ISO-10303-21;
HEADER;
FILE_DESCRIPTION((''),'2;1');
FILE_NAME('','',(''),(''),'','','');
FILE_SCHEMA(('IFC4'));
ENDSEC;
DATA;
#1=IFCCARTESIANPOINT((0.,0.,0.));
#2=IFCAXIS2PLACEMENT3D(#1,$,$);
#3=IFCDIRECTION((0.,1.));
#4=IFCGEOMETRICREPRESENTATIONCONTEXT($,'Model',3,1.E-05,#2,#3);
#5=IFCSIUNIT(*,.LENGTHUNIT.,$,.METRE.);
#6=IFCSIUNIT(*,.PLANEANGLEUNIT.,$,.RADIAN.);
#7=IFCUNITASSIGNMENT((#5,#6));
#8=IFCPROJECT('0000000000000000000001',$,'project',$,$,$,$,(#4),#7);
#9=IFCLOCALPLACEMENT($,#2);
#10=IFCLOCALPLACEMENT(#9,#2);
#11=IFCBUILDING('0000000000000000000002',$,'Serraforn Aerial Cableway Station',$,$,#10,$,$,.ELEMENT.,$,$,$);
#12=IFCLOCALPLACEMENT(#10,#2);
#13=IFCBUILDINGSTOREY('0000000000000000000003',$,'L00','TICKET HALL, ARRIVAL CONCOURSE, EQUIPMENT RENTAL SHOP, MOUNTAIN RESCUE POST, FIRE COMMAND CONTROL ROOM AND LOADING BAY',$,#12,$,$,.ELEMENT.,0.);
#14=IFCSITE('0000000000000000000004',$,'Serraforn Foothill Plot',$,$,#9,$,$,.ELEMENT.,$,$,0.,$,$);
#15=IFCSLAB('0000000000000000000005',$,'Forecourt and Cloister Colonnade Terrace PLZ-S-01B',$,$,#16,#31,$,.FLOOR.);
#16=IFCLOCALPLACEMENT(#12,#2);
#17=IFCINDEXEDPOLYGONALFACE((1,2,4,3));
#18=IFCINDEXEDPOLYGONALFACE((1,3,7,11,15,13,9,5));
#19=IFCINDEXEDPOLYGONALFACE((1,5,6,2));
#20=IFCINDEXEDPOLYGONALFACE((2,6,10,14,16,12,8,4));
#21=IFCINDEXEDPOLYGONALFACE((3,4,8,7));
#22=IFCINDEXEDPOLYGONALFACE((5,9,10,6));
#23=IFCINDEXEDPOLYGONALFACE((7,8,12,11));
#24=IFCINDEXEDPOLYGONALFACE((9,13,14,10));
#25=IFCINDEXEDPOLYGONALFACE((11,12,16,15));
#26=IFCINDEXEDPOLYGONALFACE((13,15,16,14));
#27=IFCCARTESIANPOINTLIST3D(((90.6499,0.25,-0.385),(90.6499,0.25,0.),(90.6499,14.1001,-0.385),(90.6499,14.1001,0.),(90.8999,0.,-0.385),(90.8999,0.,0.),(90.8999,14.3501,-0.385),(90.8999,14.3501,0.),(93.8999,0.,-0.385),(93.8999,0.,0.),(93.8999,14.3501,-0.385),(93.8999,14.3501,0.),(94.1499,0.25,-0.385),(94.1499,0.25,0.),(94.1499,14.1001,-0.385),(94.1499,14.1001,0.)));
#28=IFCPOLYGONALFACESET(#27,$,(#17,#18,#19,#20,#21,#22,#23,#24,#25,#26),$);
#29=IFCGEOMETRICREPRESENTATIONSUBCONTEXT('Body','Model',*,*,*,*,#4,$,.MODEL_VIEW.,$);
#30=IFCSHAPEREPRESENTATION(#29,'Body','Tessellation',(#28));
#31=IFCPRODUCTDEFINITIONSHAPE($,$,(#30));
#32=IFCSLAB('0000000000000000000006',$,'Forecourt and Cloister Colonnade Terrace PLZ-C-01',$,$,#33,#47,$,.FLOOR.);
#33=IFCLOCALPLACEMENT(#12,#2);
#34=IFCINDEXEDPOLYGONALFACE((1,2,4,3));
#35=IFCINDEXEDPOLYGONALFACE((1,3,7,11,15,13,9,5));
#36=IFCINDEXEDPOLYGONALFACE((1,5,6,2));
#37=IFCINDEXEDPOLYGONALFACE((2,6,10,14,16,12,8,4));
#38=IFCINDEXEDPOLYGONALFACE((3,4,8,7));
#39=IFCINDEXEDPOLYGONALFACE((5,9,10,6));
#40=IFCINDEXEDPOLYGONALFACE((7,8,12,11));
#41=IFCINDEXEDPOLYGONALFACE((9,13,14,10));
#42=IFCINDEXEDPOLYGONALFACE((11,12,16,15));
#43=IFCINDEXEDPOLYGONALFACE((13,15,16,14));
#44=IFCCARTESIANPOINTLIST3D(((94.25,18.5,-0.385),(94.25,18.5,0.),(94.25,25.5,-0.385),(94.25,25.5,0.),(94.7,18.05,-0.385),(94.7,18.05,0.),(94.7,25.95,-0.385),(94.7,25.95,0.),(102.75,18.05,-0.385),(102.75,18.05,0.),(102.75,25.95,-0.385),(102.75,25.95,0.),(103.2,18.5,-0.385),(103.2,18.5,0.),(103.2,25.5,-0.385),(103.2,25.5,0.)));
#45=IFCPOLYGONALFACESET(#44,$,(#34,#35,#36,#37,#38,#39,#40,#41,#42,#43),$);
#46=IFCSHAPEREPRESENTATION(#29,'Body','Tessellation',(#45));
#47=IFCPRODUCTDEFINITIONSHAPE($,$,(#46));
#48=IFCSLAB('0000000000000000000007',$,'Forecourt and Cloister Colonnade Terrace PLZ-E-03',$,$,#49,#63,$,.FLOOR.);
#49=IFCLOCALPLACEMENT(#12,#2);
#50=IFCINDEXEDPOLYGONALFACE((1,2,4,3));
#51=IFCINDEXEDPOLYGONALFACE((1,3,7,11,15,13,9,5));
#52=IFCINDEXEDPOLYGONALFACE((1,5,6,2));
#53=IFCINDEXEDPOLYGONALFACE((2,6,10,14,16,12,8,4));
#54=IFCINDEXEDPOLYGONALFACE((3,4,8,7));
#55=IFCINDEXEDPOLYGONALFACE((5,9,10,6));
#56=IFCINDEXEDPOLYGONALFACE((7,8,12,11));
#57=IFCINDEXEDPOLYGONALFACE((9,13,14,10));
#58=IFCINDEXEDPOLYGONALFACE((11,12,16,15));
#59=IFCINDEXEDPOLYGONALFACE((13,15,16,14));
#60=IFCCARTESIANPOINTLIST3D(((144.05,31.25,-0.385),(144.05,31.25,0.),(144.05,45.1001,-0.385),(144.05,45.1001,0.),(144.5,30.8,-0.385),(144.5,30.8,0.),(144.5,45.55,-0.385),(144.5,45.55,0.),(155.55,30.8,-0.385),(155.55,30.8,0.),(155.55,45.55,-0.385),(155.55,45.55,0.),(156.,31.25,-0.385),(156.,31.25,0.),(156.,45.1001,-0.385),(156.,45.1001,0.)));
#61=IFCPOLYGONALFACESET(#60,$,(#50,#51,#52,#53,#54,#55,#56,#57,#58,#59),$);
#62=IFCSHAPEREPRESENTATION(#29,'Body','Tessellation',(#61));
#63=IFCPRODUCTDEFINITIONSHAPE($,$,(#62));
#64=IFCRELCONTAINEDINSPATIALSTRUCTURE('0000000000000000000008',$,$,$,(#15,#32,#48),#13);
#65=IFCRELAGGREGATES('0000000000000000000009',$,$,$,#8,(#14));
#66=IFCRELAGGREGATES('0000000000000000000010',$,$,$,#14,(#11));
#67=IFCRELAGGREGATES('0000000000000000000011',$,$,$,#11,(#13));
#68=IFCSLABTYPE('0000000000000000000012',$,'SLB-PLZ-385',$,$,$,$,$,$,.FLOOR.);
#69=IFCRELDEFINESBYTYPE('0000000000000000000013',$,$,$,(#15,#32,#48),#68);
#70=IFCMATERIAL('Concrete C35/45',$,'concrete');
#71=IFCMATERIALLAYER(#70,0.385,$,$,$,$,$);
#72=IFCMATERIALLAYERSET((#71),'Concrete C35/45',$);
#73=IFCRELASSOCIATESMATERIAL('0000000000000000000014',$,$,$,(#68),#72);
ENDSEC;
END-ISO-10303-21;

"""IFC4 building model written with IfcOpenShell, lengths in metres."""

from ifc_helpers import new_model, si_unit, direction, frame, origin, place, context, subcontext, project, spatial, polyline, outline, extrude, material, layer, layer_set, type_object, element, save


model = new_model("IFC4")

# Units and contexts
model_context = context("Model", 3, precision=1e-05, world=origin(), true_north=direction((0.0, 1.0)))
body_context = subcontext(model_context, "Body", "Model", "MODEL_VIEW")
ifc_project = project(units=[si_unit("LENGTHUNIT", "METRE"), si_unit("PLANEANGLEUNIT", "RADIAN")], contexts=[model_context])

# Site, building, storey
site_placement = place(None, origin())
site = spatial("IfcSite", under=ifc_project, at=site_placement, Name="Serraforn Foothill Plot", CompositionType="ELEMENT", RefElevation=0.0)
building_placement = place(site_placement, origin())
building = spatial("IfcBuilding", under=site, at=building_placement, Name="Serraforn Aerial Cableway Station", CompositionType="ELEMENT")
storey_placement = place(building_placement, origin())
storey = spatial("IfcBuildingStorey", under=building, at=storey_placement, Name="L00", Description="TICKET HALL, ARRIVAL CONCOURSE, EQUIPMENT RENTAL SHOP, MOUNTAIN RESCUE POST, FIRE COMMAND CONTROL ROOM AND LOADING BAY", CompositionType="ELEMENT", Elevation=0.0)

# Slabs
ifc_material_1 = material(Name="Concrete C35/45", Category="concrete")
ifc_layer_1 = layer(ifc_material_1, 0.385)
ifc_layer_set_1 = layer_set([ifc_layer_1], Name="Concrete C35/45")
slab_type_1 = type_object("IfcSlabType", Name="SLB-PLZ-385", PredefinedType="FLOOR", material=ifc_layer_set_1)
slab_1_placement = place(storey_placement, frame((0.0, 0.0, -0.385)))
element("IfcSlab", 1, at=slab_1_placement, inside=storey, type_object=slab_type_1, Name="Forecourt and Cloister Colonnade Terrace PLZ-S-01B", PredefinedType="FLOOR", context=body_context, shape_type="SweptSolid", body=[
    extrude(outline(polyline([(90.8999, 0.0), (93.8999, 0.0), (94.1499, 0.25), (94.1499, 14.1001), (93.8999, 14.3501), (90.8999, 14.3501), (90.6499, 14.1001), (90.6499, 0.25), (90.8999, 0.0)])), origin(), (0.0, 0.0, 1.0), 0.385),
])
slab_2_placement = place(storey_placement, frame((0.0, 0.0, -0.385)))
element("IfcSlab", 2, at=slab_2_placement, inside=storey, type_object=slab_type_1, Name="Forecourt and Cloister Colonnade Terrace PLZ-C-01", PredefinedType="FLOOR", context=body_context, shape_type="SweptSolid", body=[
    extrude(outline(polyline([(94.7, 18.05), (102.75, 18.05), (103.2, 18.5), (103.2, 25.5), (102.75, 25.95), (94.7, 25.95), (94.25, 25.5), (94.25, 18.5), (94.7, 18.05)])), origin(), (0.0, 0.0, 1.0), 0.385),
])
slab_3_placement = place(storey_placement, frame((0.0, 0.0, -0.385)))
element("IfcSlab", 3, at=slab_3_placement, inside=storey, type_object=slab_type_1, Name="Forecourt and Cloister Colonnade Terrace PLZ-E-03", PredefinedType="FLOOR", context=body_context, shape_type="SweptSolid", body=[
    extrude(outline(polyline([(144.5, 30.8), (155.55, 30.8), (156.0, 31.25), (156.0, 45.1001), (155.55, 45.55), (144.5, 45.55), (144.05, 45.1001), (144.05, 31.25), (144.5, 30.8)])), origin(), (0.0, 0.0, 1.0), 0.385),
])

save(model, "model.ifc")
